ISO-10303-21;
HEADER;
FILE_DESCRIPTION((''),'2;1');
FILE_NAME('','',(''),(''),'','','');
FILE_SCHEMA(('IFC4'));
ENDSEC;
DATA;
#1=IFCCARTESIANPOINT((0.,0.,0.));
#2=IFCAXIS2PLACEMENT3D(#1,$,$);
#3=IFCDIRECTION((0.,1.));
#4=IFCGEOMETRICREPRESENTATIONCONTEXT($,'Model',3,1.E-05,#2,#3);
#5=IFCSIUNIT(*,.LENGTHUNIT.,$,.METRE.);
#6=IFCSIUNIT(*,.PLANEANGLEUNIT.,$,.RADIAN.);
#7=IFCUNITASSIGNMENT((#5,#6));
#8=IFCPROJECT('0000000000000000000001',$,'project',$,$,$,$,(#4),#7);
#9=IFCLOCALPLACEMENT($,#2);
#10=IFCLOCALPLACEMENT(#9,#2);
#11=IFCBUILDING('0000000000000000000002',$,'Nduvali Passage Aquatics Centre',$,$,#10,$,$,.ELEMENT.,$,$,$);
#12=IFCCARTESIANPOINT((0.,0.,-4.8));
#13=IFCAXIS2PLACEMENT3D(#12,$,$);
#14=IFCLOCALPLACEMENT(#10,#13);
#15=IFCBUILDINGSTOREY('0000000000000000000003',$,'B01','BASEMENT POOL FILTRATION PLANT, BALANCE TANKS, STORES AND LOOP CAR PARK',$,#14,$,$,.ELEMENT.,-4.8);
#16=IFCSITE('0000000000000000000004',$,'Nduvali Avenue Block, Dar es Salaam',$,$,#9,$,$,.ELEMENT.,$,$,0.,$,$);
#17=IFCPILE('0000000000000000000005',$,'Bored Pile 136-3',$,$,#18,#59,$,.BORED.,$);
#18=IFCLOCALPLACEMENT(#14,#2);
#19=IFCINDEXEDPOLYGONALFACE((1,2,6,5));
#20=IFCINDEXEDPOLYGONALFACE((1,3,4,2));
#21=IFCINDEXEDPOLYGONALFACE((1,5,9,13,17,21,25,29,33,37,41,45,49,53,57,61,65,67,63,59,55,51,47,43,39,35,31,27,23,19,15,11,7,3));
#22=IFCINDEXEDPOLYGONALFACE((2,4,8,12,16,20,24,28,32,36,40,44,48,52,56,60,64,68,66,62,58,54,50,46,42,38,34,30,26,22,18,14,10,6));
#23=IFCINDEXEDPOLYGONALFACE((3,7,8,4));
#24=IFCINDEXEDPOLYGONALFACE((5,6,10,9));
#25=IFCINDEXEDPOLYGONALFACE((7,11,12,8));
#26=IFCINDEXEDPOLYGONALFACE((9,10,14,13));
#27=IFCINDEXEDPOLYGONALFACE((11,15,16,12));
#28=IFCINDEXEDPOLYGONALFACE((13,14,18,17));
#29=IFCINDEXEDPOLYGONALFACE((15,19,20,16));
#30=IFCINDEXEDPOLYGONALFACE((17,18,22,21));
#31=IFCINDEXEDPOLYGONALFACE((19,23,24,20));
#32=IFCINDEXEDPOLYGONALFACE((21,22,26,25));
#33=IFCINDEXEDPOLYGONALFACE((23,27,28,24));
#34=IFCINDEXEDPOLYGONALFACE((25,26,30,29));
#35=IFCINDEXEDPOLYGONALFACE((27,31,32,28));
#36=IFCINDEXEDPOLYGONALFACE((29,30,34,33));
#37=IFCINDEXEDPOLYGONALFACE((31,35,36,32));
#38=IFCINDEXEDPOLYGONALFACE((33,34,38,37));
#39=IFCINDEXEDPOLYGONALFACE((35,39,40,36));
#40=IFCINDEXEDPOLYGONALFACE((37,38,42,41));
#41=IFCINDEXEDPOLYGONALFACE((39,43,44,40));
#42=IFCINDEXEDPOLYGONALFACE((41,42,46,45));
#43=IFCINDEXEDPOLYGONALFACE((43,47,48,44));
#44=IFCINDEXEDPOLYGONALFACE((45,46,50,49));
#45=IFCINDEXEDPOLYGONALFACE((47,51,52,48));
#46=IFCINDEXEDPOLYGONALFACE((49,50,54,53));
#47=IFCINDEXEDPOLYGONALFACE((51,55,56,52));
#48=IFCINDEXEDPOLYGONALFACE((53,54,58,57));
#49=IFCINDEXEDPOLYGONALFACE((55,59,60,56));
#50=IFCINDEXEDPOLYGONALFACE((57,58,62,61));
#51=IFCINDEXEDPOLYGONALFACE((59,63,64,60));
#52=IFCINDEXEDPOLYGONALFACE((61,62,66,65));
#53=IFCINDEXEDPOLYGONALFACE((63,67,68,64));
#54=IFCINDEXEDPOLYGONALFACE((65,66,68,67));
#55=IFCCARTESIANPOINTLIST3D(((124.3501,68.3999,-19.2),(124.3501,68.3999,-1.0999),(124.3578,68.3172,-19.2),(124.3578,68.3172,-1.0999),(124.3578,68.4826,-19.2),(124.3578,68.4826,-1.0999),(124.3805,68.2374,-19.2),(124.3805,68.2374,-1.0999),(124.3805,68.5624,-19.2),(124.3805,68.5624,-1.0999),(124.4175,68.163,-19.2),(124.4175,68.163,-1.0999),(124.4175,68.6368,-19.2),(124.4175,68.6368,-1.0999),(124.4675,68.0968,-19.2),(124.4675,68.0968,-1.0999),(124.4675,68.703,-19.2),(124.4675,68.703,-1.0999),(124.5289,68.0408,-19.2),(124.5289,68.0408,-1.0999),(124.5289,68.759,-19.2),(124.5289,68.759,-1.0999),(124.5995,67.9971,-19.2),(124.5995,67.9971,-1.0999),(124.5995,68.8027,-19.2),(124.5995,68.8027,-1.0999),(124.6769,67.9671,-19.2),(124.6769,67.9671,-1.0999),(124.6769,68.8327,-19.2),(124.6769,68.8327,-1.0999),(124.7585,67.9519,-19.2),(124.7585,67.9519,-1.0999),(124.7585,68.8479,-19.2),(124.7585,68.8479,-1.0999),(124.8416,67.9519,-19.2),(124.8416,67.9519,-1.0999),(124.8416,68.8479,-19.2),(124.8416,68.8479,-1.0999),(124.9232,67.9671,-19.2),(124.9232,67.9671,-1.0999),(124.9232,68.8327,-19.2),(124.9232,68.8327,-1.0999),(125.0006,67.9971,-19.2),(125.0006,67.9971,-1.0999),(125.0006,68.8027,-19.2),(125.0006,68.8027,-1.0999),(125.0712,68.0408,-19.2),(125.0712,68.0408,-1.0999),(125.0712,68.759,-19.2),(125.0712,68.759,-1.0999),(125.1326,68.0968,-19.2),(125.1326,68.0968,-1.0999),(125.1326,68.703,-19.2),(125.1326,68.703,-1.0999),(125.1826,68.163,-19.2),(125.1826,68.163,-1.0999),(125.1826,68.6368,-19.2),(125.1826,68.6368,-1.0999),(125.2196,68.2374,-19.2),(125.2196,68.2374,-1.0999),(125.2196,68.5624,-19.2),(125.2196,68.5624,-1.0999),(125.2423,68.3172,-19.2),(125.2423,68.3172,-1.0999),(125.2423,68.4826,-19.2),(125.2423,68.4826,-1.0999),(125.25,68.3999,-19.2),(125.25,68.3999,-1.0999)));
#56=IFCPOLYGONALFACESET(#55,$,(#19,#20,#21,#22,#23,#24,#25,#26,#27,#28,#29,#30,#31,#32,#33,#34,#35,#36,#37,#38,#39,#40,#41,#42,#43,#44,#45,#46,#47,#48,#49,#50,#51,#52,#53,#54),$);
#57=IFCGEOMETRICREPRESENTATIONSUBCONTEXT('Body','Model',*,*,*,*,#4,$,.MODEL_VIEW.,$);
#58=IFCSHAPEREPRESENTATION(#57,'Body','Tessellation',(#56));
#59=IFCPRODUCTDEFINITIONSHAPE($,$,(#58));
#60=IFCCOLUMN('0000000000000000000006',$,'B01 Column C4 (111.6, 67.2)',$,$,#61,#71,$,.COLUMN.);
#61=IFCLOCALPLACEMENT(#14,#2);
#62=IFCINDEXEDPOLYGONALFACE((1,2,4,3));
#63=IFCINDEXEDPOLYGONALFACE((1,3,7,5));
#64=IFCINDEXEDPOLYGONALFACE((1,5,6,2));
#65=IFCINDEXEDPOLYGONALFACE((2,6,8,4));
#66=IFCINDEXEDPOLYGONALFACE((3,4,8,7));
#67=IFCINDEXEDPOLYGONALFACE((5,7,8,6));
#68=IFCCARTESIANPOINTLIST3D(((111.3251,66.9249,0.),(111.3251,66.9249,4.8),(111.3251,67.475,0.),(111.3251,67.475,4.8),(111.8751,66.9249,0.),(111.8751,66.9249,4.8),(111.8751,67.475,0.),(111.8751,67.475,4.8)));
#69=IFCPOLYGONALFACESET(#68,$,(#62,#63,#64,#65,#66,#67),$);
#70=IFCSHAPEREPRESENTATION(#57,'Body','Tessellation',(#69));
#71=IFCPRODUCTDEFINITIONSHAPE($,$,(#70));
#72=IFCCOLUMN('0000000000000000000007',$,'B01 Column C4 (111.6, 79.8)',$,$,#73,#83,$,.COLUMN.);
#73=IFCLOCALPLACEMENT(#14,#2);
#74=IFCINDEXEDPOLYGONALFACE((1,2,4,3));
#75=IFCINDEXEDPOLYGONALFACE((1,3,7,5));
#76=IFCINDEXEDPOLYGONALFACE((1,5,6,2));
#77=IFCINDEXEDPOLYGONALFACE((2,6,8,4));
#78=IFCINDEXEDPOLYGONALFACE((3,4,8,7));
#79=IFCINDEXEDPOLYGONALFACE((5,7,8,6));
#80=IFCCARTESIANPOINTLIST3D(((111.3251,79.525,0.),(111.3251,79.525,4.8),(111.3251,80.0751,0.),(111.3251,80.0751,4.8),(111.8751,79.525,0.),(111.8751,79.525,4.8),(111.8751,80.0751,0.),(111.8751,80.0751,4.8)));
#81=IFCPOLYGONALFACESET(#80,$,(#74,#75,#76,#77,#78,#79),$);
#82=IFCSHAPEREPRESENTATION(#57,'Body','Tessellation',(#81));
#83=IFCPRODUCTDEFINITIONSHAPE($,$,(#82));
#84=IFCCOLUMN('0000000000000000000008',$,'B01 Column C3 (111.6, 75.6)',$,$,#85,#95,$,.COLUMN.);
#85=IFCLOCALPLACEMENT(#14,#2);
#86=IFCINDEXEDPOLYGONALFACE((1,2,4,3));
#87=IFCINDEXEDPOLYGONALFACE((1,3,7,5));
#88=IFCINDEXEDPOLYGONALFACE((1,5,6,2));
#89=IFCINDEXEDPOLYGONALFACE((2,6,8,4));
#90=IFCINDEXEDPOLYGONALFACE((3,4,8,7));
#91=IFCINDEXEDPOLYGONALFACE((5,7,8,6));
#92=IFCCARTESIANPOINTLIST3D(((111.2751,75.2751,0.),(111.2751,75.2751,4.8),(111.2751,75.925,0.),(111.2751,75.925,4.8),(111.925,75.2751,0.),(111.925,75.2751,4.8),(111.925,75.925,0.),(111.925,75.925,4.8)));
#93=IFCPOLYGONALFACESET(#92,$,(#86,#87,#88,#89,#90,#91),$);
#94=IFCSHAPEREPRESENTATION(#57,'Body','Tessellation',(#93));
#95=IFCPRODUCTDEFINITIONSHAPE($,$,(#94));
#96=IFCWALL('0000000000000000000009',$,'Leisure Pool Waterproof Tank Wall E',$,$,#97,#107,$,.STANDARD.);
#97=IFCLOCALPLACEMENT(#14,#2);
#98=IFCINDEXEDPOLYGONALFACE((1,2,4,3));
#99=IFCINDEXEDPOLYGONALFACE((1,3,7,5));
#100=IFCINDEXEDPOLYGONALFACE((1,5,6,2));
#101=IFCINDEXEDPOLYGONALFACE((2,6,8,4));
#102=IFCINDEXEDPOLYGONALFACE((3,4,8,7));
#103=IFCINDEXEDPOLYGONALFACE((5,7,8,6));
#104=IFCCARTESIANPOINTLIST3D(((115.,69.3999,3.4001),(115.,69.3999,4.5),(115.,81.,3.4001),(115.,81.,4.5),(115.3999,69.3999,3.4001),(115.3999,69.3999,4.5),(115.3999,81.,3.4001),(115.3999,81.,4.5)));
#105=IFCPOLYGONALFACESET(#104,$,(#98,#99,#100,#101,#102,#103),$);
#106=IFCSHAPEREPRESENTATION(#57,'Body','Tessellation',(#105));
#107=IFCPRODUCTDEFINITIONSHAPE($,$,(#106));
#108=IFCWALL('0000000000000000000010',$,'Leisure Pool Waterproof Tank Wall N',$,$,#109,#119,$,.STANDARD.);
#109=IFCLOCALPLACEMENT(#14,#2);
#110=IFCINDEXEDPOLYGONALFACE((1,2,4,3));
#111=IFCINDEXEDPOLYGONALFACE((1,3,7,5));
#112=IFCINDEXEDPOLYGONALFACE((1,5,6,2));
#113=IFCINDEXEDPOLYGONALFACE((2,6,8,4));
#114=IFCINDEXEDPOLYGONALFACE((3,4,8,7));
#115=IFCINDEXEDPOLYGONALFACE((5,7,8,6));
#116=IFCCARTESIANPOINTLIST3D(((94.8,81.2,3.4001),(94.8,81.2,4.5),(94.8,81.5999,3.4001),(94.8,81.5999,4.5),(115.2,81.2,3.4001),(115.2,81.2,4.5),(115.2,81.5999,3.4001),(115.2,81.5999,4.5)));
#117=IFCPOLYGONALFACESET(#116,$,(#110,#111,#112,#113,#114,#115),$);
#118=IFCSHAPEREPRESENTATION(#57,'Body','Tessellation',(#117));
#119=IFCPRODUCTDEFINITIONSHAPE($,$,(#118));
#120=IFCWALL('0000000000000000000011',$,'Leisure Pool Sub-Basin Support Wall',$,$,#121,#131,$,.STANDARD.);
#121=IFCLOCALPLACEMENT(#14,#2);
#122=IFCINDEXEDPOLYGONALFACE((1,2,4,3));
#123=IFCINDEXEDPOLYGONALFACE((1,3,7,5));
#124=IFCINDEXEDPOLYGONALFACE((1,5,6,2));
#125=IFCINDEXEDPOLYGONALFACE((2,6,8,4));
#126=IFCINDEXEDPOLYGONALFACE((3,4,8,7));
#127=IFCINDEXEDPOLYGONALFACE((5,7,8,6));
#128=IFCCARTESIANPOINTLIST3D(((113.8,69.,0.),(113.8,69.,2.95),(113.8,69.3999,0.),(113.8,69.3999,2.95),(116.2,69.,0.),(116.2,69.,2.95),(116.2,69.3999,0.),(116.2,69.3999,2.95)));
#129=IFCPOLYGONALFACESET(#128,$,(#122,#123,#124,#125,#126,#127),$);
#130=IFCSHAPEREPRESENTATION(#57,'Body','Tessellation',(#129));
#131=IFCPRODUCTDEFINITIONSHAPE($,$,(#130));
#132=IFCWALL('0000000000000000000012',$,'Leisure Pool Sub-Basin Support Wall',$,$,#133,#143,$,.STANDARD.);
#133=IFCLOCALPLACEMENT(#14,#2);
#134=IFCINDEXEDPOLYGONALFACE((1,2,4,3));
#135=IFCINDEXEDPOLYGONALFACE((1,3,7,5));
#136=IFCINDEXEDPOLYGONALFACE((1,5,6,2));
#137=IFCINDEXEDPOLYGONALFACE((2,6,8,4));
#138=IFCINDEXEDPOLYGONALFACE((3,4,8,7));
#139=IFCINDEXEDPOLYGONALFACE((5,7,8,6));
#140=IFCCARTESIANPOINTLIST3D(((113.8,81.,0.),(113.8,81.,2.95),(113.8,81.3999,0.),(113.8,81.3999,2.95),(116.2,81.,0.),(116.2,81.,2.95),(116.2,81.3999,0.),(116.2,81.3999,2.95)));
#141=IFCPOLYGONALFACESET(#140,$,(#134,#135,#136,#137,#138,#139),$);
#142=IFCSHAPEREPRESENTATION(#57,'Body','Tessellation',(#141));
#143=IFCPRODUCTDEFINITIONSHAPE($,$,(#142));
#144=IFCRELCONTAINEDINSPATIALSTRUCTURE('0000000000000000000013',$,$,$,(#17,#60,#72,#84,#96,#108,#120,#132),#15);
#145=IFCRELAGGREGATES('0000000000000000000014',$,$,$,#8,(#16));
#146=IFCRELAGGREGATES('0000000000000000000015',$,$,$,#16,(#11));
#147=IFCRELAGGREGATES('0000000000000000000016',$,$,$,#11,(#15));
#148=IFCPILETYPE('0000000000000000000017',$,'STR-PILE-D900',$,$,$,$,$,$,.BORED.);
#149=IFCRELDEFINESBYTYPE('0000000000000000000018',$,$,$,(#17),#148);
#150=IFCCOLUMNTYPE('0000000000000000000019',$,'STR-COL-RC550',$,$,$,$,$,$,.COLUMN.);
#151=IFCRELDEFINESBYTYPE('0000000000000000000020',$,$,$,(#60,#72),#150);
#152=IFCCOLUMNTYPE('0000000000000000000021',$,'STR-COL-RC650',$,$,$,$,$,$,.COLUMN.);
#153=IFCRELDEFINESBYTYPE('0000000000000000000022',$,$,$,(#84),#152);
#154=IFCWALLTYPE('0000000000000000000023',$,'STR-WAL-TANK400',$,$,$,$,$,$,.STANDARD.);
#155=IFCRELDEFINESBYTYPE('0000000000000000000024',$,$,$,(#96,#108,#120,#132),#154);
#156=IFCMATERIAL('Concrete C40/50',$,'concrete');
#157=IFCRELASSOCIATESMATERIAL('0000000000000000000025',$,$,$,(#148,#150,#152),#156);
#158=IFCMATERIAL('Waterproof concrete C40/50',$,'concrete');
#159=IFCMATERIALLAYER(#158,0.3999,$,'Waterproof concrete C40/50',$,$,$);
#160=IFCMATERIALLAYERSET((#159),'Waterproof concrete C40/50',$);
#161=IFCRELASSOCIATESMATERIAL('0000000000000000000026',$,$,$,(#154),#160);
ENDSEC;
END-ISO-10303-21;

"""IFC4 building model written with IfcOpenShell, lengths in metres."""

from ifc_helpers import new_model, si_unit, direction, frame, frame_2d, origin, origin_2d, place, context, subcontext, project, spatial, rectangle, circle, extrude, material, layer, layer_set, material_profile, profile_set, type_object, element, save


model = new_model("IFC4")

# Units and contexts
model_context = context("Model", 3, precision=1e-05, world=origin(), true_north=direction((0.0, 1.0)))
body_context = subcontext(model_context, "Body", "Model", "MODEL_VIEW")
ifc_project = project(units=[si_unit("LENGTHUNIT", "METRE"), si_unit("PLANEANGLEUNIT", "RADIAN")], contexts=[model_context])

# Site, building, storey
site_placement = place(None, origin())
site = spatial("IfcSite", under=ifc_project, at=site_placement, Name="Nduvali Avenue Block, Dar es Salaam", CompositionType="ELEMENT", RefElevation=0.0)
building_placement = place(site_placement, origin())
building = spatial("IfcBuilding", under=site, at=building_placement, Name="Nduvali Passage Aquatics Centre", CompositionType="ELEMENT")
storey_placement = place(building_placement, frame((0.0, 0.0, -4.8)))
storey = spatial("IfcBuildingStorey", under=building, at=storey_placement, Name="B01", Description="BASEMENT POOL FILTRATION PLANT, BALANCE TANKS, STORES AND LOOP CAR PARK", CompositionType="ELEMENT", Elevation=-4.8)

# Shared definitions
ifc_material_1 = material(Name="Concrete C40/50", Category="concrete")

# Pile
ifc_material_profile_1 = material_profile(ifc_material_1, circle(Radius=0.45, at=origin_2d()), Name="PILE D900")
ifc_profile_set_1 = profile_set([ifc_material_profile_1], Name="Concrete C40/50")
pile_type_1 = type_object("IfcPileType", Name="STR-PILE-D900", PredefinedType="BORED", material=ifc_profile_set_1)
pile_1_placement = place(storey_placement, frame((124.8, 68.3999, -1.0999), z_axis=(0.0, 0.0, -1.0), x_axis=(1.0, 0.0, 0.0)))
element("IfcPile", 1, at=pile_1_placement, inside=storey, type_object=pile_type_1, Name="Bored Pile 136-3", PredefinedType="BORED", context=body_context, shape_type="SweptSolid", body=[
    extrude(circle(Radius=0.45, at=origin_2d()), origin(), (0.0, 0.0, 1.0), 18.1001),
])

# Columns
ifc_material_profile_2 = material_profile(ifc_material_1, rectangle(XDim=0.55, YDim=0.55, at=origin_2d()), Name="RC 550x550")
ifc_profile_set_2 = profile_set([ifc_material_profile_2], Name="Concrete C40/50")
column_type_1 = type_object("IfcColumnType", Name="STR-COL-RC550", PredefinedType="COLUMN", material=ifc_profile_set_2)
for number, where, z_axis, x_axis, name in (
    (2, (111.6001, 67.2, 0.0), (0.0, 0.0, 1.0), (1.0, 0.0, 0.0), "B01 Column C4 (111.6, 67.2)"),
    (3, (111.6001, 79.8, 0.0), (0.0, 0.0, 1.0), (1.0, 0.0, 0.0), "B01 Column C4 (111.6, 79.8)"),
):
    element("IfcColumn", number, at=place(storey_placement, frame(where, z_axis=z_axis, x_axis=x_axis)), inside=storey, type_object=column_type_1, Name=name, PredefinedType="COLUMN", context=body_context, shape_type="SweptSolid", body=[
        extrude(rectangle(XDim=0.55, YDim=0.55, at=origin_2d()), origin(), (0.0, 0.0, 1.0), 4.8),
    ])
ifc_material_profile_3 = material_profile(ifc_material_1, rectangle(XDim=0.6499, YDim=0.6499, at=origin_2d()), Name="RC 650x650")
ifc_profile_set_3 = profile_set([ifc_material_profile_3], Name="Concrete C40/50")
column_type_2 = type_object("IfcColumnType", Name="STR-COL-RC650", PredefinedType="COLUMN", material=ifc_profile_set_3)
column_placement = place(storey_placement, frame((111.6001, 75.6001, 0.0), z_axis=(0.0, 0.0, 1.0), x_axis=(1.0, 0.0, 0.0)))
element("IfcColumn", 4, at=column_placement, inside=storey, type_object=column_type_2, Name="B01 Column C3 (111.6, 75.6)", PredefinedType="COLUMN", context=body_context, shape_type="SweptSolid", body=[
    extrude(rectangle(XDim=0.6499, YDim=0.6499, at=origin_2d()), origin(), (0.0, 0.0, 1.0), 4.8),
])

# Walls
ifc_material_2 = material(Name="Waterproof concrete C40/50", Category="concrete")
ifc_layer = layer(ifc_material_2, 0.3999, Name="Waterproof concrete C40/50")
ifc_layer_set = layer_set([ifc_layer], Name="Waterproof concrete C40/50")
wall_type = type_object("IfcWallType", Name="STR-WAL-TANK400", PredefinedType="STANDARD", material=ifc_layer_set)
wall_1_placement = place(storey_placement, frame((115.2, 69.3999, 3.4001), z_axis=(0.0, 0.0, 1.0), x_axis=(0.0, 1.0, 0.0)))
element("IfcWall", 5, at=wall_1_placement, inside=storey, type_object=wall_type, Name="Leisure Pool Waterproof Tank Wall E", PredefinedType="STANDARD", context=body_context, shape_type="SweptSolid", body=[
    extrude(rectangle(XDim=11.6001, YDim=0.3999, at=frame_2d((5.8, 0.0))), origin(), (0.0, 0.0, 1.0), 1.0999),
])
wall_2_placement = place(storey_placement, frame((115.2, 81.3999, 3.4001), z_axis=(0.0, 0.0, 1.0), x_axis=(-1.0, 0.0, 0.0)))
element("IfcWall", 6, at=wall_2_placement, inside=storey, type_object=wall_type, Name="Leisure Pool Waterproof Tank Wall N", PredefinedType="STANDARD", context=body_context, shape_type="SweptSolid", body=[
    extrude(rectangle(XDim=20.3999, YDim=0.3999, at=frame_2d((10.2, 0.0))), origin(), (0.0, 0.0, 1.0), 1.0999),
])
for number, where, z_axis, x_axis, name in (
    (7, (113.8, 69.2, 0.0), (0.0, 0.0, 1.0), (1.0, 0.0, 0.0), "Leisure Pool Sub-Basin Support Wall"),
    (8, (113.8, 81.2, 0.0), (0.0, 0.0, 1.0), (1.0, 0.0, 0.0), "Leisure Pool Sub-Basin Support Wall"),
):
    element("IfcWall", number, at=place(storey_placement, frame(where, z_axis=z_axis, x_axis=x_axis)), inside=storey, type_object=wall_type, Name=name, PredefinedType="STANDARD", context=body_context, shape_type="SweptSolid", body=[
        extrude(rectangle(XDim=2.3999, YDim=0.3999, at=frame_2d((1.2, 0.0))), origin(), (0.0, 0.0, 1.0), 2.95),
    ])

save(model, "model.ifc")
